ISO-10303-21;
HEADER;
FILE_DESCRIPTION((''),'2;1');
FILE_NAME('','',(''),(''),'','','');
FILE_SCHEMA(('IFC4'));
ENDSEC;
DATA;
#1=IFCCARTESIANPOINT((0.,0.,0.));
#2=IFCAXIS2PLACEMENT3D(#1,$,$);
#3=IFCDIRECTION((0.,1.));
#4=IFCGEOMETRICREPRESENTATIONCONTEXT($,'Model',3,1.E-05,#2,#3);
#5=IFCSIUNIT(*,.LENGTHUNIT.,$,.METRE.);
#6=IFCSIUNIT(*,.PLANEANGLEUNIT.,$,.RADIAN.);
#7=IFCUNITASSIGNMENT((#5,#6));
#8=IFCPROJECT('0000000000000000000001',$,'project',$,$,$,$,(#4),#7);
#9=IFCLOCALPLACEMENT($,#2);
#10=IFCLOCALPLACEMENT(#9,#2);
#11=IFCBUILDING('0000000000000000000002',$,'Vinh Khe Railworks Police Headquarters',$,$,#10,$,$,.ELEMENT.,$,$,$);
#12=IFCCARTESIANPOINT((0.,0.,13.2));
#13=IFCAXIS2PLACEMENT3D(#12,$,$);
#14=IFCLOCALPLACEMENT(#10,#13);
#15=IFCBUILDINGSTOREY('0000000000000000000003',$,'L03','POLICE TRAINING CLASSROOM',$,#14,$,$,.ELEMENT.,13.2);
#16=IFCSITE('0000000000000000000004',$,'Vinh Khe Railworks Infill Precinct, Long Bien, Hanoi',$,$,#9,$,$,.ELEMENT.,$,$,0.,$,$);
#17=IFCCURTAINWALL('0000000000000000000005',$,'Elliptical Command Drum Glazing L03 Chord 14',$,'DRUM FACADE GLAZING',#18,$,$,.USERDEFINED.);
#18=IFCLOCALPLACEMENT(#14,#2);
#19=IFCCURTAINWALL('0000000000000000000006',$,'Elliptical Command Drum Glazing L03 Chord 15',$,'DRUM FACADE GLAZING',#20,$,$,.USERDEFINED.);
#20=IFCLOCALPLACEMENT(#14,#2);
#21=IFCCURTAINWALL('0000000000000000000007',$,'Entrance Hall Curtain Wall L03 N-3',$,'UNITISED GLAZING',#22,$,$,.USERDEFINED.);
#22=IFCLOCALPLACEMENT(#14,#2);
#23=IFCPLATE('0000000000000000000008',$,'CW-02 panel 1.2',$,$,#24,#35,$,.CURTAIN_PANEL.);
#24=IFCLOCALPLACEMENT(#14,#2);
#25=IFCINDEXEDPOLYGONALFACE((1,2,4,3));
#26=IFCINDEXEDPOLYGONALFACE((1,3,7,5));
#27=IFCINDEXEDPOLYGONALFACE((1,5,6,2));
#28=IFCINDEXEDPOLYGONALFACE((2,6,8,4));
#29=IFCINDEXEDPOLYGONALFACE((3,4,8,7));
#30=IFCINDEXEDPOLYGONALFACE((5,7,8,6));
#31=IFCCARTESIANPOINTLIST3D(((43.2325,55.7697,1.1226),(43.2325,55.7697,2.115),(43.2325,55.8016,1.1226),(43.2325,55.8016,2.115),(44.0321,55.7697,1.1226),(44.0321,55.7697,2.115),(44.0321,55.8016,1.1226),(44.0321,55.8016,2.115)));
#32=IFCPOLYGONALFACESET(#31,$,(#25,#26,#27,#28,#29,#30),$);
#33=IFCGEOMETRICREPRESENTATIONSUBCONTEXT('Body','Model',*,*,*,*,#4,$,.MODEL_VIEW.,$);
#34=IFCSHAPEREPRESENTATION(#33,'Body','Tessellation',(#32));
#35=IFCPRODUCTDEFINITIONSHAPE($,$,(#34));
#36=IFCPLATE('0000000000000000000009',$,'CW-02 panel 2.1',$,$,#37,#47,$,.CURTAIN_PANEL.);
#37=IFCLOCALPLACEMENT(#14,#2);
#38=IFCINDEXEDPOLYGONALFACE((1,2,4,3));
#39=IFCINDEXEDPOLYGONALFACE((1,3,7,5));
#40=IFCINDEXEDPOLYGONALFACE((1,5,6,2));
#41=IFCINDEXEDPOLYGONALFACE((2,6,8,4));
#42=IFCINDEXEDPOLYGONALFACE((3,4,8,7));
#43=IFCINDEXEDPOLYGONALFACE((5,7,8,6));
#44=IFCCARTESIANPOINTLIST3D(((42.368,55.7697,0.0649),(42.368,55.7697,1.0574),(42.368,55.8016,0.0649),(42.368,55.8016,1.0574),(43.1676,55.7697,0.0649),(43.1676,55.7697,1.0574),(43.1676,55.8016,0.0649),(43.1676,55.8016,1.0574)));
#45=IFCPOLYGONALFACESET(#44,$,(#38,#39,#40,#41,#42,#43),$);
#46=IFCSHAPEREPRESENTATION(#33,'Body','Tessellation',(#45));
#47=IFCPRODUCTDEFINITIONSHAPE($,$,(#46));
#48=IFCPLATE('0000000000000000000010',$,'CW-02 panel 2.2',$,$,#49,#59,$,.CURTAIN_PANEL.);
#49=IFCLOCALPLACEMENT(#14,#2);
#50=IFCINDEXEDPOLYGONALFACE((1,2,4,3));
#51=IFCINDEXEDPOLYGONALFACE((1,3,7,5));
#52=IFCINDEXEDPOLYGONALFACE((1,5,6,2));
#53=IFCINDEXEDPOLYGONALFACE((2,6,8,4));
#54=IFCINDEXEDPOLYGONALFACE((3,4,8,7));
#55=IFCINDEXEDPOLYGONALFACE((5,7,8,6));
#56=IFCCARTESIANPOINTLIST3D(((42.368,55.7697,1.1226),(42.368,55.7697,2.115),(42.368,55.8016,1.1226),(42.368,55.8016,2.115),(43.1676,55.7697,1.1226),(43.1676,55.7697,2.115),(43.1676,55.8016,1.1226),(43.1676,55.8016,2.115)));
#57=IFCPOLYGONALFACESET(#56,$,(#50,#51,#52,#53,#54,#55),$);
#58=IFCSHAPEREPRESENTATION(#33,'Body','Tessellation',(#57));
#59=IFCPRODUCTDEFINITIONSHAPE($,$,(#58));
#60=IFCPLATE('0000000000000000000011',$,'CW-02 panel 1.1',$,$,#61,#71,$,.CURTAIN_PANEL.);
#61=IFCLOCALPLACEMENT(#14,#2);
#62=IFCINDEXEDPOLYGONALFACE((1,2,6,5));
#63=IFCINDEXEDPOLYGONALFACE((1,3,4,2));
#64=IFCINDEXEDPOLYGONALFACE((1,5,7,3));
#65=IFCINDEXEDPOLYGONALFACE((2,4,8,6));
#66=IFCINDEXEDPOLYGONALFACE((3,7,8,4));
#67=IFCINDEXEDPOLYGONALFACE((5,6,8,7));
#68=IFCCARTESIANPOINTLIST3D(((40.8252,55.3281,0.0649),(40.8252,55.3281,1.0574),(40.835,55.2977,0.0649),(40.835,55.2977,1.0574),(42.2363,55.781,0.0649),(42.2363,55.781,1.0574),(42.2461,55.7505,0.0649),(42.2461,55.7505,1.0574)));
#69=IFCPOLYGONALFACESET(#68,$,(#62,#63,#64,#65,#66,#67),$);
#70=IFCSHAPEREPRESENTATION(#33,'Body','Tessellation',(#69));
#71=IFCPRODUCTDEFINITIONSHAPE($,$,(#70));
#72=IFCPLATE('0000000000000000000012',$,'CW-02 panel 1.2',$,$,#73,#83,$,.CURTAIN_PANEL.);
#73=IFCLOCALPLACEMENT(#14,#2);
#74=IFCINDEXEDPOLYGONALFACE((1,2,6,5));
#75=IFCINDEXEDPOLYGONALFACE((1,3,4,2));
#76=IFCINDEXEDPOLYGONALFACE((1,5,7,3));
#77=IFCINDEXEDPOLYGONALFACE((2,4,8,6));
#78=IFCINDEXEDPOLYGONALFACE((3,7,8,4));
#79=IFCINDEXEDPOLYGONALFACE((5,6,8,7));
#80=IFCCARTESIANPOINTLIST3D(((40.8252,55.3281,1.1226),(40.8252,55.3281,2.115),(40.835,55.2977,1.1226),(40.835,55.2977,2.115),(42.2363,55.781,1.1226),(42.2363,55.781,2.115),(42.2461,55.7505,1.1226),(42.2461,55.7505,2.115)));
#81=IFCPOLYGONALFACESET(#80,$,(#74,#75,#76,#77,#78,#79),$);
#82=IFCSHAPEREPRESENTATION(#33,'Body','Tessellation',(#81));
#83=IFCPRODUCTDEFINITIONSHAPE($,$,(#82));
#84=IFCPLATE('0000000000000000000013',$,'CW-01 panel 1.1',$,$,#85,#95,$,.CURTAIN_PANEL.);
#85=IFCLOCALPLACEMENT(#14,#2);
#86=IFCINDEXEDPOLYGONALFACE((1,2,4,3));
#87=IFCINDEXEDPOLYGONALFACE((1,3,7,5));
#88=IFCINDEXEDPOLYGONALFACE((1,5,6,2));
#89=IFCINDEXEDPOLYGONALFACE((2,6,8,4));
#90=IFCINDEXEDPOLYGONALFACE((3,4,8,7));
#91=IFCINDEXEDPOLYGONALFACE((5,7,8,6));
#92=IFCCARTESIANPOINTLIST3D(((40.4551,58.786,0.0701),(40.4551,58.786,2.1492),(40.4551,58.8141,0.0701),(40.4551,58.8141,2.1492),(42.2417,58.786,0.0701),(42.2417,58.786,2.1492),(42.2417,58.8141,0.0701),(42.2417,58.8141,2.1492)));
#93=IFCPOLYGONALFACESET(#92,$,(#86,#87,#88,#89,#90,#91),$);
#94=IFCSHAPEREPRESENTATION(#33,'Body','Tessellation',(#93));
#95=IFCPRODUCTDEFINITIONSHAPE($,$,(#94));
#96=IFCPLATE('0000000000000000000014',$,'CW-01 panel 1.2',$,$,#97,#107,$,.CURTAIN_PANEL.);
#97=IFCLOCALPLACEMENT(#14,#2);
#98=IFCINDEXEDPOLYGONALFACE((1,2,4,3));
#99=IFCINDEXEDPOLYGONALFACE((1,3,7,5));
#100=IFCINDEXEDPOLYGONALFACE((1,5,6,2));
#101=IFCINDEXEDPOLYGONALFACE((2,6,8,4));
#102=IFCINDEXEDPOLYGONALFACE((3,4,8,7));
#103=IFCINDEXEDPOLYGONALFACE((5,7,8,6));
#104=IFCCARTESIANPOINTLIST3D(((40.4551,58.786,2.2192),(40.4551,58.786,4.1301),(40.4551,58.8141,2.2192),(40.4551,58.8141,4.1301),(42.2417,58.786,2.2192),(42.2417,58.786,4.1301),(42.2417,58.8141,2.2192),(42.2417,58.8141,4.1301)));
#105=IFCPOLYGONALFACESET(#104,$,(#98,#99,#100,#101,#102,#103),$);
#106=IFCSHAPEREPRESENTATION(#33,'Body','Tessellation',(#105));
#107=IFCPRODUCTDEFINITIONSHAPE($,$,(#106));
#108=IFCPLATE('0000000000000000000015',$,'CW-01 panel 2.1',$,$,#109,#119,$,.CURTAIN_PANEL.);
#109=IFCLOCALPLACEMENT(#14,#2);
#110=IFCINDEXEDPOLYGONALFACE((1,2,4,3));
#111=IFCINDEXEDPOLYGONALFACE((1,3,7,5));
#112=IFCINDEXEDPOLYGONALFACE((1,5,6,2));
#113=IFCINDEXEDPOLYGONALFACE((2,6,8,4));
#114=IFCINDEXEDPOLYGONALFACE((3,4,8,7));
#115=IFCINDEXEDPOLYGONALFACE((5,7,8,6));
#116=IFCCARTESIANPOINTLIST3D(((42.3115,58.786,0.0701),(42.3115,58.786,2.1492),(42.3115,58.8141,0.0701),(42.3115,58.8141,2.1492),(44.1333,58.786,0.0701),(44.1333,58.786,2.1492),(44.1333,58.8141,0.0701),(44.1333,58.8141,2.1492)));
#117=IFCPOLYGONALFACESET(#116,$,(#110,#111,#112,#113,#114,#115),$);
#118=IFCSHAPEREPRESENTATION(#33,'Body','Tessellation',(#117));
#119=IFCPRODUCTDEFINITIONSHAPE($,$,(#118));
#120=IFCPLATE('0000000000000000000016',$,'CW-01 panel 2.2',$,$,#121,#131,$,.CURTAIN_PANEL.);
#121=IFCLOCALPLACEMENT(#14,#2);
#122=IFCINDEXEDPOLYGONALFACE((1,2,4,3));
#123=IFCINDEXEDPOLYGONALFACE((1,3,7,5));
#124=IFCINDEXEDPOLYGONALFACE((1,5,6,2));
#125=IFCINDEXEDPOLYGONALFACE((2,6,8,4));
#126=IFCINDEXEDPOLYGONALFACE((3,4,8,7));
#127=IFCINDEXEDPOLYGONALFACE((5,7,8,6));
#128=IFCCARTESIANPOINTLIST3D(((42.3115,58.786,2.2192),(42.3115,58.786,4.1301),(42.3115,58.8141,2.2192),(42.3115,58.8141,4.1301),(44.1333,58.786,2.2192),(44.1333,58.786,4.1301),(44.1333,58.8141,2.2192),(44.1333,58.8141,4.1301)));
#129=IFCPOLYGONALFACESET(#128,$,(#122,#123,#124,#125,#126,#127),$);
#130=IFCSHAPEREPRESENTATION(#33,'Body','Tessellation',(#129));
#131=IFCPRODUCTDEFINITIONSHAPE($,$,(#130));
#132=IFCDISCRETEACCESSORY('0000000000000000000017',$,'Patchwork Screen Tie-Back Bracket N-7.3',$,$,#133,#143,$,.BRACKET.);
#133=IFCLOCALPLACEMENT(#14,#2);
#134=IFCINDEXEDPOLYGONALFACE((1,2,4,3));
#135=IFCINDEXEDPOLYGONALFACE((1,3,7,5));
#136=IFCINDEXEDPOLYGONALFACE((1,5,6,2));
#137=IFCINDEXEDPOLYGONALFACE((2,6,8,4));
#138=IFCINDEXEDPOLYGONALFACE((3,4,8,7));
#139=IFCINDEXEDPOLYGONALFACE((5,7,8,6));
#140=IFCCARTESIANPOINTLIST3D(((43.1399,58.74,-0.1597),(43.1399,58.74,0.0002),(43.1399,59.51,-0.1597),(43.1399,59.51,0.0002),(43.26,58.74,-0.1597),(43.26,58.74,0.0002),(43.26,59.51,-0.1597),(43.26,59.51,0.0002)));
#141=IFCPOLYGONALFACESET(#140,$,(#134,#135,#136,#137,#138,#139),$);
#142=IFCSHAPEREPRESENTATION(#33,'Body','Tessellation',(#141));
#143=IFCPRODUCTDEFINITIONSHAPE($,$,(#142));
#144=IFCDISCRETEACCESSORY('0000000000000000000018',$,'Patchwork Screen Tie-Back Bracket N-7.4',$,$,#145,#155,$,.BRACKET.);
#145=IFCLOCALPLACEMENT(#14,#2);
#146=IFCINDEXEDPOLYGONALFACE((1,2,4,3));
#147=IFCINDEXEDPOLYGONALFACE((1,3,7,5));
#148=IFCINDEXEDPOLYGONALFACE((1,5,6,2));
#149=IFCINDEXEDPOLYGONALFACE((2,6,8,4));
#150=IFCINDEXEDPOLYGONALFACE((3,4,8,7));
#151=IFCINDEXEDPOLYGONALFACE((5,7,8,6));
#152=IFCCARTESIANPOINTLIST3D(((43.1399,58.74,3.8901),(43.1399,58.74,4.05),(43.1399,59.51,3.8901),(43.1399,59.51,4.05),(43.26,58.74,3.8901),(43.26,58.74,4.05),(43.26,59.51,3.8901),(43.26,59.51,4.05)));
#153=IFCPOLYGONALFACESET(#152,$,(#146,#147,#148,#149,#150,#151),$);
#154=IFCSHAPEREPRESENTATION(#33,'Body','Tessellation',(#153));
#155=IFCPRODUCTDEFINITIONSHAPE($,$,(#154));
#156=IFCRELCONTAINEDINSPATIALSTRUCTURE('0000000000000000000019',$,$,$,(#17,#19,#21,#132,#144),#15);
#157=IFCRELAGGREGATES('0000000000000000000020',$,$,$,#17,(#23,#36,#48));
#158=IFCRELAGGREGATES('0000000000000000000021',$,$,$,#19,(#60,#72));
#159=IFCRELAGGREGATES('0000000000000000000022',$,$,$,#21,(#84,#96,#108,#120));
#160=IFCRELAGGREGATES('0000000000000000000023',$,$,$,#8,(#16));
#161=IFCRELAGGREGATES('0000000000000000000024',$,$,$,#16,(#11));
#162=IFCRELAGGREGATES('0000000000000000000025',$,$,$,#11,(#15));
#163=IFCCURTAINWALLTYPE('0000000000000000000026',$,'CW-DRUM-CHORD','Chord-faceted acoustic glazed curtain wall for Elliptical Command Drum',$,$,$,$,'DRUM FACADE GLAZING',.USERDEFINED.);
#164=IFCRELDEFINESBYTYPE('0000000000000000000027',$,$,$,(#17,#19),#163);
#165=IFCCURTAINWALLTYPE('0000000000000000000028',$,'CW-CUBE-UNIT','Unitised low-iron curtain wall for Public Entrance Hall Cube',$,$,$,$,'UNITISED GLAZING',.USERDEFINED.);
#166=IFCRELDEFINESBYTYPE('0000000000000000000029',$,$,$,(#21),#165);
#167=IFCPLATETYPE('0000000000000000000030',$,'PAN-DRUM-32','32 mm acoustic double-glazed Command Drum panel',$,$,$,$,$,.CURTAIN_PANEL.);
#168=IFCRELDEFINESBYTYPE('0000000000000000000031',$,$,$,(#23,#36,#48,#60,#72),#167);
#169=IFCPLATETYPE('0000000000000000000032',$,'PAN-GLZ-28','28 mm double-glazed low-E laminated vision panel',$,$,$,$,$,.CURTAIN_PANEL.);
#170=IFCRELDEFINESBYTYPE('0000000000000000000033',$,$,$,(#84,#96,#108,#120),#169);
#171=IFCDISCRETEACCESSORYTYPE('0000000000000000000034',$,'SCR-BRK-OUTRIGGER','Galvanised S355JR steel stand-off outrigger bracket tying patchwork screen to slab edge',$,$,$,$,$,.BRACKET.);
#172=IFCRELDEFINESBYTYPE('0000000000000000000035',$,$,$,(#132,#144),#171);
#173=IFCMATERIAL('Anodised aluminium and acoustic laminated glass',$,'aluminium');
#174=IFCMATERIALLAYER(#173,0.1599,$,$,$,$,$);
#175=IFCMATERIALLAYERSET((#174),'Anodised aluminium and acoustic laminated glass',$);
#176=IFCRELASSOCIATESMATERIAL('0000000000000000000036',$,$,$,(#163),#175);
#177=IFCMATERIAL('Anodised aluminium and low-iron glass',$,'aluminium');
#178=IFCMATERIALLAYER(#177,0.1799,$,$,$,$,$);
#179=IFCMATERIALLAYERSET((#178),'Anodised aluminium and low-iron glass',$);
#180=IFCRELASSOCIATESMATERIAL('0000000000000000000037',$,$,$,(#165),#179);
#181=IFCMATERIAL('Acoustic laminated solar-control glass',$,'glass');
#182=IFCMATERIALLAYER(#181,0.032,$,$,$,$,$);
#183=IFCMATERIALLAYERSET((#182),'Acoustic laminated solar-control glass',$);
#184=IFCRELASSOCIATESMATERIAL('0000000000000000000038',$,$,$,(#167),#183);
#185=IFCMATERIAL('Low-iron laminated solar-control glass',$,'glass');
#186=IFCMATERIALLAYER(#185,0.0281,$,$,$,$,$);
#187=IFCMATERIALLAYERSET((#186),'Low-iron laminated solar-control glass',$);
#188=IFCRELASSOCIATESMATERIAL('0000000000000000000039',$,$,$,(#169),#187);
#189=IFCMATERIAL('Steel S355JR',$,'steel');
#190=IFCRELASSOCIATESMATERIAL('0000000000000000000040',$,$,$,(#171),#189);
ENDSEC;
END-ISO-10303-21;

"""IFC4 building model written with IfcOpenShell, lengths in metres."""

from ifc_helpers import new_model, si_unit, direction, frame, origin, origin_2d, place, context, subcontext, project, spatial, rectangle, extrude, material, layer, layer_set, type_object, element, aggregate, save


model = new_model("IFC4")

# Units and contexts
model_context = context("Model", 3, precision=1e-05, world=origin(), true_north=direction((0.0, 1.0)))
body_context = subcontext(model_context, "Body", "Model", "MODEL_VIEW")
ifc_project = project(units=[si_unit("LENGTHUNIT", "METRE"), si_unit("PLANEANGLEUNIT", "RADIAN")], contexts=[model_context])

# Site, building, storey
site_placement = place(None, origin())
site = spatial("IfcSite", under=ifc_project, at=site_placement, Name="Vinh Khe Railworks Infill Precinct, Long Bien, Hanoi", CompositionType="ELEMENT", RefElevation=0.0)
building_placement = place(site_placement, origin())
building = spatial("IfcBuilding", under=site, at=building_placement, Name="Vinh Khe Railworks Police Headquarters", CompositionType="ELEMENT")
storey_placement = place(building_placement, frame((0.0, 0.0, 13.2)))
storey = spatial("IfcBuildingStorey", under=building, at=storey_placement, Name="L03", Description="POLICE TRAINING CLASSROOM", CompositionType="ELEMENT", Elevation=13.2)

# Shared definitions
ifc_material_1 = material(Name="Anodised aluminium and acoustic laminated glass", Category="aluminium")
ifc_layer_1 = layer(ifc_material_1, 0.1599)
ifc_layer_set_1 = layer_set([ifc_layer_1], Name="Anodised aluminium and acoustic laminated glass")
curtain_wall_type_1 = type_object("IfcCurtainWallType", Name="CW-DRUM-CHORD", Description="Chord-faceted acoustic glazed curtain wall for Elliptical Command Drum", ElementType="DRUM FACADE GLAZING", PredefinedType="USERDEFINED", material=ifc_layer_set_1)

# Curtain wall
curtain_wall_1_placement = place(storey_placement, origin())
curtain_wall_1 = element("IfcCurtainWall", 1, at=curtain_wall_1_placement, inside=storey, type_object=curtain_wall_type_1, Name="Elliptical Command Drum Glazing L03 Chord 14", ObjectType="DRUM FACADE GLAZING", PredefinedType="USERDEFINED")

# Curtain walls
curtain_wall_2_placement = place(storey_placement, origin())
curtain_wall_2 = element("IfcCurtainWall", 2, at=curtain_wall_2_placement, inside=storey, type_object=curtain_wall_type_1, Name="Elliptical Command Drum Glazing L03 Chord 15", ObjectType="DRUM FACADE GLAZING", PredefinedType="USERDEFINED")
ifc_material_2 = material(Name="Anodised aluminium and low-iron glass", Category="aluminium")
ifc_layer_2 = layer(ifc_material_2, 0.1799)
ifc_layer_set_2 = layer_set([ifc_layer_2], Name="Anodised aluminium and low-iron glass")
curtain_wall_type_2 = type_object("IfcCurtainWallType", Name="CW-CUBE-UNIT", Description="Unitised low-iron curtain wall for Public Entrance Hall Cube", ElementType="UNITISED GLAZING", PredefinedType="USERDEFINED", material=ifc_layer_set_2)
curtain_wall_3_placement = place(storey_placement, origin())
curtain_wall_3 = element("IfcCurtainWall", 3, at=curtain_wall_3_placement, inside=storey, type_object=curtain_wall_type_2, Name="Entrance Hall Curtain Wall L03 N-3", ObjectType="UNITISED GLAZING", PredefinedType="USERDEFINED")

# Plates
ifc_material_3 = material(Name="Acoustic laminated solar-control glass", Category="glass")
ifc_layer_3 = layer(ifc_material_3, 0.032)
ifc_layer_set_3 = layer_set([ifc_layer_3], Name="Acoustic laminated solar-control glass")
plate_type_1 = type_object("IfcPlateType", Name="PAN-DRUM-32", Description="32 mm acoustic double-glazed Command Drum panel", PredefinedType="CURTAIN_PANEL", material=ifc_layer_set_3)
plate_1_placement = place(storey_placement, frame((43.6323, 55.7856, 1.1226), z_axis=(0.0, 0.0, 1.0), x_axis=(-1.0, 0.0, 0.0)))
plate_1 = element("IfcPlate", 4, at=plate_1_placement, type_object=plate_type_1, Name="CW-02 panel 1.2", PredefinedType="CURTAIN_PANEL", context=body_context, shape_type="SweptSolid", body=[
    extrude(rectangle(XDim=0.7996, YDim=0.032, at=origin_2d()), origin(), (0.0, 0.0, 1.0), 0.9924),
])
plate_2_placement = place(storey_placement, frame((42.7678, 55.7856, 0.0649), z_axis=(0.0, 0.0, 1.0), x_axis=(-1.0, 0.0, 0.0)))
plate_2 = element("IfcPlate", 5, at=plate_2_placement, type_object=plate_type_1, Name="CW-02 panel 2.1", PredefinedType="CURTAIN_PANEL", context=body_context, shape_type="SweptSolid", body=[
    extrude(rectangle(XDim=0.7996, YDim=0.032, at=origin_2d()), origin(), (0.0, 0.0, 1.0), 0.9924),
])
plate_3_placement = place(storey_placement, frame((42.7678, 55.7856, 1.1226), z_axis=(0.0, 0.0, 1.0), x_axis=(-1.0, 0.0, 0.0)))
plate_3 = element("IfcPlate", 6, at=plate_3_placement, type_object=plate_type_1, Name="CW-02 panel 2.2", PredefinedType="CURTAIN_PANEL", context=body_context, shape_type="SweptSolid", body=[
    extrude(rectangle(XDim=0.7996, YDim=0.032, at=origin_2d()), origin(), (0.0, 0.0, 1.0), 0.9924),
])
aggregate(curtain_wall_1, [plate_1, plate_2, plate_3])
plate_4_placement = place(storey_placement, frame((41.5356, 55.5393, 0.0649), z_axis=(0.0, 0.0, 1.0), x_axis=(-0.952167, -0.305579, 0.0)))
plate_4 = element("IfcPlate", 7, at=plate_4_placement, type_object=plate_type_1, Name="CW-02 panel 1.1", PredefinedType="CURTAIN_PANEL", context=body_context, shape_type="SweptSolid", body=[
    extrude(rectangle(XDim=1.4819, YDim=0.032, at=origin_2d()), origin(), (0.0, 0.0, 1.0), 0.9924),
])
plate_5_placement = place(storey_placement, frame((41.5356, 55.5393, 1.1226), z_axis=(0.0, 0.0, 1.0), x_axis=(-0.952167, -0.305579, 0.0)))
plate_5 = element("IfcPlate", 8, at=plate_5_placement, type_object=plate_type_1, Name="CW-02 panel 1.2", PredefinedType="CURTAIN_PANEL", context=body_context, shape_type="SweptSolid", body=[
    extrude(rectangle(XDim=1.4819, YDim=0.032, at=origin_2d()), origin(), (0.0, 0.0, 1.0), 0.9924),
])
aggregate(curtain_wall_2, [plate_4, plate_5])
ifc_material_4 = material(Name="Low-iron laminated solar-control glass", Category="glass")
ifc_layer_4 = layer(ifc_material_4, 0.0281)
ifc_layer_set_4 = layer_set([ifc_layer_4], Name="Low-iron laminated solar-control glass")
plate_type_2 = type_object("IfcPlateType", Name="PAN-GLZ-28", Description="28 mm double-glazed low-E laminated vision panel", PredefinedType="CURTAIN_PANEL", material=ifc_layer_set_4)
plate_6_placement = place(storey_placement, frame((41.3484, 58.8, 0.0701), z_axis=(0.0, 0.0, 1.0), x_axis=(1.0, 0.0, 0.0)))
plate_6 = element("IfcPlate", 9, at=plate_6_placement, type_object=plate_type_2, Name="CW-01 panel 1.1", PredefinedType="CURTAIN_PANEL", context=body_context, shape_type="SweptSolid", body=[
    extrude(rectangle(XDim=1.7866, YDim=0.0281, at=origin_2d()), origin(), (0.0, 0.0, 1.0), 2.0791),
])
plate_7_placement = place(storey_placement, frame((41.3484, 58.8, 2.2192), z_axis=(0.0, 0.0, 1.0), x_axis=(1.0, 0.0, 0.0)))
plate_7 = element("IfcPlate", 10, at=plate_7_placement, type_object=plate_type_2, Name="CW-01 panel 1.2", PredefinedType="CURTAIN_PANEL", context=body_context, shape_type="SweptSolid", body=[
    extrude(rectangle(XDim=1.7866, YDim=0.0281, at=origin_2d()), origin(), (0.0, 0.0, 1.0), 1.9109),
])
plate_8_placement = place(storey_placement, frame((43.2224, 58.8, 0.0701), z_axis=(0.0, 0.0, 1.0), x_axis=(1.0, 0.0, 0.0)))
plate_8 = element("IfcPlate", 11, at=plate_8_placement, type_object=plate_type_2, Name="CW-01 panel 2.1", PredefinedType="CURTAIN_PANEL", context=body_context, shape_type="SweptSolid", body=[
    extrude(rectangle(XDim=1.8218, YDim=0.0281, at=origin_2d()), origin(), (0.0, 0.0, 1.0), 2.0791),
])
plate_9_placement = place(storey_placement, frame((43.2224, 58.8, 2.2192), z_axis=(0.0, 0.0, 1.0), x_axis=(1.0, 0.0, 0.0)))
plate_9 = element("IfcPlate", 12, at=plate_9_placement, type_object=plate_type_2, Name="CW-01 panel 2.2", PredefinedType="CURTAIN_PANEL", context=body_context, shape_type="SweptSolid", body=[
    extrude(rectangle(XDim=1.8218, YDim=0.0281, at=origin_2d()), origin(), (0.0, 0.0, 1.0), 1.9109),
])
aggregate(curtain_wall_3, [plate_6, plate_7, plate_8, plate_9])

# Discrete accessories
ifc_material_5 = material(Name="Steel S355JR", Category="steel")
discrete_accessory_type = type_object("IfcDiscreteAccessoryType", Name="SCR-BRK-OUTRIGGER", Description="Galvanised S355JR steel stand-off outrigger bracket tying patchwork screen to slab edge", PredefinedType="BRACKET", material=ifc_material_5)
for number, where, z_axis, x_axis, name in (
    (13, (43.2, 59.125, -0.1597), (0.0, 0.0, 1.0), (1.0, 0.0, 0.0), "Patchwork Screen Tie-Back Bracket N-7.3"),
    (14, (43.2, 59.125, 3.8901), (0.0, 0.0, 1.0), (1.0, 0.0, 0.0), "Patchwork Screen Tie-Back Bracket N-7.4"),
):
    element("IfcDiscreteAccessory", number, at=place(storey_placement, frame(where, z_axis=z_axis, x_axis=x_axis)), inside=storey, type_object=discrete_accessory_type, Name=name, PredefinedType="BRACKET", context=body_context, shape_type="SweptSolid", body=[
        extrude(rectangle(XDim=0.1201, YDim=0.77, at=origin_2d()), origin(), (0.0, 0.0, 1.0), 0.1599),
    ])

save(model, "model.ifc")
